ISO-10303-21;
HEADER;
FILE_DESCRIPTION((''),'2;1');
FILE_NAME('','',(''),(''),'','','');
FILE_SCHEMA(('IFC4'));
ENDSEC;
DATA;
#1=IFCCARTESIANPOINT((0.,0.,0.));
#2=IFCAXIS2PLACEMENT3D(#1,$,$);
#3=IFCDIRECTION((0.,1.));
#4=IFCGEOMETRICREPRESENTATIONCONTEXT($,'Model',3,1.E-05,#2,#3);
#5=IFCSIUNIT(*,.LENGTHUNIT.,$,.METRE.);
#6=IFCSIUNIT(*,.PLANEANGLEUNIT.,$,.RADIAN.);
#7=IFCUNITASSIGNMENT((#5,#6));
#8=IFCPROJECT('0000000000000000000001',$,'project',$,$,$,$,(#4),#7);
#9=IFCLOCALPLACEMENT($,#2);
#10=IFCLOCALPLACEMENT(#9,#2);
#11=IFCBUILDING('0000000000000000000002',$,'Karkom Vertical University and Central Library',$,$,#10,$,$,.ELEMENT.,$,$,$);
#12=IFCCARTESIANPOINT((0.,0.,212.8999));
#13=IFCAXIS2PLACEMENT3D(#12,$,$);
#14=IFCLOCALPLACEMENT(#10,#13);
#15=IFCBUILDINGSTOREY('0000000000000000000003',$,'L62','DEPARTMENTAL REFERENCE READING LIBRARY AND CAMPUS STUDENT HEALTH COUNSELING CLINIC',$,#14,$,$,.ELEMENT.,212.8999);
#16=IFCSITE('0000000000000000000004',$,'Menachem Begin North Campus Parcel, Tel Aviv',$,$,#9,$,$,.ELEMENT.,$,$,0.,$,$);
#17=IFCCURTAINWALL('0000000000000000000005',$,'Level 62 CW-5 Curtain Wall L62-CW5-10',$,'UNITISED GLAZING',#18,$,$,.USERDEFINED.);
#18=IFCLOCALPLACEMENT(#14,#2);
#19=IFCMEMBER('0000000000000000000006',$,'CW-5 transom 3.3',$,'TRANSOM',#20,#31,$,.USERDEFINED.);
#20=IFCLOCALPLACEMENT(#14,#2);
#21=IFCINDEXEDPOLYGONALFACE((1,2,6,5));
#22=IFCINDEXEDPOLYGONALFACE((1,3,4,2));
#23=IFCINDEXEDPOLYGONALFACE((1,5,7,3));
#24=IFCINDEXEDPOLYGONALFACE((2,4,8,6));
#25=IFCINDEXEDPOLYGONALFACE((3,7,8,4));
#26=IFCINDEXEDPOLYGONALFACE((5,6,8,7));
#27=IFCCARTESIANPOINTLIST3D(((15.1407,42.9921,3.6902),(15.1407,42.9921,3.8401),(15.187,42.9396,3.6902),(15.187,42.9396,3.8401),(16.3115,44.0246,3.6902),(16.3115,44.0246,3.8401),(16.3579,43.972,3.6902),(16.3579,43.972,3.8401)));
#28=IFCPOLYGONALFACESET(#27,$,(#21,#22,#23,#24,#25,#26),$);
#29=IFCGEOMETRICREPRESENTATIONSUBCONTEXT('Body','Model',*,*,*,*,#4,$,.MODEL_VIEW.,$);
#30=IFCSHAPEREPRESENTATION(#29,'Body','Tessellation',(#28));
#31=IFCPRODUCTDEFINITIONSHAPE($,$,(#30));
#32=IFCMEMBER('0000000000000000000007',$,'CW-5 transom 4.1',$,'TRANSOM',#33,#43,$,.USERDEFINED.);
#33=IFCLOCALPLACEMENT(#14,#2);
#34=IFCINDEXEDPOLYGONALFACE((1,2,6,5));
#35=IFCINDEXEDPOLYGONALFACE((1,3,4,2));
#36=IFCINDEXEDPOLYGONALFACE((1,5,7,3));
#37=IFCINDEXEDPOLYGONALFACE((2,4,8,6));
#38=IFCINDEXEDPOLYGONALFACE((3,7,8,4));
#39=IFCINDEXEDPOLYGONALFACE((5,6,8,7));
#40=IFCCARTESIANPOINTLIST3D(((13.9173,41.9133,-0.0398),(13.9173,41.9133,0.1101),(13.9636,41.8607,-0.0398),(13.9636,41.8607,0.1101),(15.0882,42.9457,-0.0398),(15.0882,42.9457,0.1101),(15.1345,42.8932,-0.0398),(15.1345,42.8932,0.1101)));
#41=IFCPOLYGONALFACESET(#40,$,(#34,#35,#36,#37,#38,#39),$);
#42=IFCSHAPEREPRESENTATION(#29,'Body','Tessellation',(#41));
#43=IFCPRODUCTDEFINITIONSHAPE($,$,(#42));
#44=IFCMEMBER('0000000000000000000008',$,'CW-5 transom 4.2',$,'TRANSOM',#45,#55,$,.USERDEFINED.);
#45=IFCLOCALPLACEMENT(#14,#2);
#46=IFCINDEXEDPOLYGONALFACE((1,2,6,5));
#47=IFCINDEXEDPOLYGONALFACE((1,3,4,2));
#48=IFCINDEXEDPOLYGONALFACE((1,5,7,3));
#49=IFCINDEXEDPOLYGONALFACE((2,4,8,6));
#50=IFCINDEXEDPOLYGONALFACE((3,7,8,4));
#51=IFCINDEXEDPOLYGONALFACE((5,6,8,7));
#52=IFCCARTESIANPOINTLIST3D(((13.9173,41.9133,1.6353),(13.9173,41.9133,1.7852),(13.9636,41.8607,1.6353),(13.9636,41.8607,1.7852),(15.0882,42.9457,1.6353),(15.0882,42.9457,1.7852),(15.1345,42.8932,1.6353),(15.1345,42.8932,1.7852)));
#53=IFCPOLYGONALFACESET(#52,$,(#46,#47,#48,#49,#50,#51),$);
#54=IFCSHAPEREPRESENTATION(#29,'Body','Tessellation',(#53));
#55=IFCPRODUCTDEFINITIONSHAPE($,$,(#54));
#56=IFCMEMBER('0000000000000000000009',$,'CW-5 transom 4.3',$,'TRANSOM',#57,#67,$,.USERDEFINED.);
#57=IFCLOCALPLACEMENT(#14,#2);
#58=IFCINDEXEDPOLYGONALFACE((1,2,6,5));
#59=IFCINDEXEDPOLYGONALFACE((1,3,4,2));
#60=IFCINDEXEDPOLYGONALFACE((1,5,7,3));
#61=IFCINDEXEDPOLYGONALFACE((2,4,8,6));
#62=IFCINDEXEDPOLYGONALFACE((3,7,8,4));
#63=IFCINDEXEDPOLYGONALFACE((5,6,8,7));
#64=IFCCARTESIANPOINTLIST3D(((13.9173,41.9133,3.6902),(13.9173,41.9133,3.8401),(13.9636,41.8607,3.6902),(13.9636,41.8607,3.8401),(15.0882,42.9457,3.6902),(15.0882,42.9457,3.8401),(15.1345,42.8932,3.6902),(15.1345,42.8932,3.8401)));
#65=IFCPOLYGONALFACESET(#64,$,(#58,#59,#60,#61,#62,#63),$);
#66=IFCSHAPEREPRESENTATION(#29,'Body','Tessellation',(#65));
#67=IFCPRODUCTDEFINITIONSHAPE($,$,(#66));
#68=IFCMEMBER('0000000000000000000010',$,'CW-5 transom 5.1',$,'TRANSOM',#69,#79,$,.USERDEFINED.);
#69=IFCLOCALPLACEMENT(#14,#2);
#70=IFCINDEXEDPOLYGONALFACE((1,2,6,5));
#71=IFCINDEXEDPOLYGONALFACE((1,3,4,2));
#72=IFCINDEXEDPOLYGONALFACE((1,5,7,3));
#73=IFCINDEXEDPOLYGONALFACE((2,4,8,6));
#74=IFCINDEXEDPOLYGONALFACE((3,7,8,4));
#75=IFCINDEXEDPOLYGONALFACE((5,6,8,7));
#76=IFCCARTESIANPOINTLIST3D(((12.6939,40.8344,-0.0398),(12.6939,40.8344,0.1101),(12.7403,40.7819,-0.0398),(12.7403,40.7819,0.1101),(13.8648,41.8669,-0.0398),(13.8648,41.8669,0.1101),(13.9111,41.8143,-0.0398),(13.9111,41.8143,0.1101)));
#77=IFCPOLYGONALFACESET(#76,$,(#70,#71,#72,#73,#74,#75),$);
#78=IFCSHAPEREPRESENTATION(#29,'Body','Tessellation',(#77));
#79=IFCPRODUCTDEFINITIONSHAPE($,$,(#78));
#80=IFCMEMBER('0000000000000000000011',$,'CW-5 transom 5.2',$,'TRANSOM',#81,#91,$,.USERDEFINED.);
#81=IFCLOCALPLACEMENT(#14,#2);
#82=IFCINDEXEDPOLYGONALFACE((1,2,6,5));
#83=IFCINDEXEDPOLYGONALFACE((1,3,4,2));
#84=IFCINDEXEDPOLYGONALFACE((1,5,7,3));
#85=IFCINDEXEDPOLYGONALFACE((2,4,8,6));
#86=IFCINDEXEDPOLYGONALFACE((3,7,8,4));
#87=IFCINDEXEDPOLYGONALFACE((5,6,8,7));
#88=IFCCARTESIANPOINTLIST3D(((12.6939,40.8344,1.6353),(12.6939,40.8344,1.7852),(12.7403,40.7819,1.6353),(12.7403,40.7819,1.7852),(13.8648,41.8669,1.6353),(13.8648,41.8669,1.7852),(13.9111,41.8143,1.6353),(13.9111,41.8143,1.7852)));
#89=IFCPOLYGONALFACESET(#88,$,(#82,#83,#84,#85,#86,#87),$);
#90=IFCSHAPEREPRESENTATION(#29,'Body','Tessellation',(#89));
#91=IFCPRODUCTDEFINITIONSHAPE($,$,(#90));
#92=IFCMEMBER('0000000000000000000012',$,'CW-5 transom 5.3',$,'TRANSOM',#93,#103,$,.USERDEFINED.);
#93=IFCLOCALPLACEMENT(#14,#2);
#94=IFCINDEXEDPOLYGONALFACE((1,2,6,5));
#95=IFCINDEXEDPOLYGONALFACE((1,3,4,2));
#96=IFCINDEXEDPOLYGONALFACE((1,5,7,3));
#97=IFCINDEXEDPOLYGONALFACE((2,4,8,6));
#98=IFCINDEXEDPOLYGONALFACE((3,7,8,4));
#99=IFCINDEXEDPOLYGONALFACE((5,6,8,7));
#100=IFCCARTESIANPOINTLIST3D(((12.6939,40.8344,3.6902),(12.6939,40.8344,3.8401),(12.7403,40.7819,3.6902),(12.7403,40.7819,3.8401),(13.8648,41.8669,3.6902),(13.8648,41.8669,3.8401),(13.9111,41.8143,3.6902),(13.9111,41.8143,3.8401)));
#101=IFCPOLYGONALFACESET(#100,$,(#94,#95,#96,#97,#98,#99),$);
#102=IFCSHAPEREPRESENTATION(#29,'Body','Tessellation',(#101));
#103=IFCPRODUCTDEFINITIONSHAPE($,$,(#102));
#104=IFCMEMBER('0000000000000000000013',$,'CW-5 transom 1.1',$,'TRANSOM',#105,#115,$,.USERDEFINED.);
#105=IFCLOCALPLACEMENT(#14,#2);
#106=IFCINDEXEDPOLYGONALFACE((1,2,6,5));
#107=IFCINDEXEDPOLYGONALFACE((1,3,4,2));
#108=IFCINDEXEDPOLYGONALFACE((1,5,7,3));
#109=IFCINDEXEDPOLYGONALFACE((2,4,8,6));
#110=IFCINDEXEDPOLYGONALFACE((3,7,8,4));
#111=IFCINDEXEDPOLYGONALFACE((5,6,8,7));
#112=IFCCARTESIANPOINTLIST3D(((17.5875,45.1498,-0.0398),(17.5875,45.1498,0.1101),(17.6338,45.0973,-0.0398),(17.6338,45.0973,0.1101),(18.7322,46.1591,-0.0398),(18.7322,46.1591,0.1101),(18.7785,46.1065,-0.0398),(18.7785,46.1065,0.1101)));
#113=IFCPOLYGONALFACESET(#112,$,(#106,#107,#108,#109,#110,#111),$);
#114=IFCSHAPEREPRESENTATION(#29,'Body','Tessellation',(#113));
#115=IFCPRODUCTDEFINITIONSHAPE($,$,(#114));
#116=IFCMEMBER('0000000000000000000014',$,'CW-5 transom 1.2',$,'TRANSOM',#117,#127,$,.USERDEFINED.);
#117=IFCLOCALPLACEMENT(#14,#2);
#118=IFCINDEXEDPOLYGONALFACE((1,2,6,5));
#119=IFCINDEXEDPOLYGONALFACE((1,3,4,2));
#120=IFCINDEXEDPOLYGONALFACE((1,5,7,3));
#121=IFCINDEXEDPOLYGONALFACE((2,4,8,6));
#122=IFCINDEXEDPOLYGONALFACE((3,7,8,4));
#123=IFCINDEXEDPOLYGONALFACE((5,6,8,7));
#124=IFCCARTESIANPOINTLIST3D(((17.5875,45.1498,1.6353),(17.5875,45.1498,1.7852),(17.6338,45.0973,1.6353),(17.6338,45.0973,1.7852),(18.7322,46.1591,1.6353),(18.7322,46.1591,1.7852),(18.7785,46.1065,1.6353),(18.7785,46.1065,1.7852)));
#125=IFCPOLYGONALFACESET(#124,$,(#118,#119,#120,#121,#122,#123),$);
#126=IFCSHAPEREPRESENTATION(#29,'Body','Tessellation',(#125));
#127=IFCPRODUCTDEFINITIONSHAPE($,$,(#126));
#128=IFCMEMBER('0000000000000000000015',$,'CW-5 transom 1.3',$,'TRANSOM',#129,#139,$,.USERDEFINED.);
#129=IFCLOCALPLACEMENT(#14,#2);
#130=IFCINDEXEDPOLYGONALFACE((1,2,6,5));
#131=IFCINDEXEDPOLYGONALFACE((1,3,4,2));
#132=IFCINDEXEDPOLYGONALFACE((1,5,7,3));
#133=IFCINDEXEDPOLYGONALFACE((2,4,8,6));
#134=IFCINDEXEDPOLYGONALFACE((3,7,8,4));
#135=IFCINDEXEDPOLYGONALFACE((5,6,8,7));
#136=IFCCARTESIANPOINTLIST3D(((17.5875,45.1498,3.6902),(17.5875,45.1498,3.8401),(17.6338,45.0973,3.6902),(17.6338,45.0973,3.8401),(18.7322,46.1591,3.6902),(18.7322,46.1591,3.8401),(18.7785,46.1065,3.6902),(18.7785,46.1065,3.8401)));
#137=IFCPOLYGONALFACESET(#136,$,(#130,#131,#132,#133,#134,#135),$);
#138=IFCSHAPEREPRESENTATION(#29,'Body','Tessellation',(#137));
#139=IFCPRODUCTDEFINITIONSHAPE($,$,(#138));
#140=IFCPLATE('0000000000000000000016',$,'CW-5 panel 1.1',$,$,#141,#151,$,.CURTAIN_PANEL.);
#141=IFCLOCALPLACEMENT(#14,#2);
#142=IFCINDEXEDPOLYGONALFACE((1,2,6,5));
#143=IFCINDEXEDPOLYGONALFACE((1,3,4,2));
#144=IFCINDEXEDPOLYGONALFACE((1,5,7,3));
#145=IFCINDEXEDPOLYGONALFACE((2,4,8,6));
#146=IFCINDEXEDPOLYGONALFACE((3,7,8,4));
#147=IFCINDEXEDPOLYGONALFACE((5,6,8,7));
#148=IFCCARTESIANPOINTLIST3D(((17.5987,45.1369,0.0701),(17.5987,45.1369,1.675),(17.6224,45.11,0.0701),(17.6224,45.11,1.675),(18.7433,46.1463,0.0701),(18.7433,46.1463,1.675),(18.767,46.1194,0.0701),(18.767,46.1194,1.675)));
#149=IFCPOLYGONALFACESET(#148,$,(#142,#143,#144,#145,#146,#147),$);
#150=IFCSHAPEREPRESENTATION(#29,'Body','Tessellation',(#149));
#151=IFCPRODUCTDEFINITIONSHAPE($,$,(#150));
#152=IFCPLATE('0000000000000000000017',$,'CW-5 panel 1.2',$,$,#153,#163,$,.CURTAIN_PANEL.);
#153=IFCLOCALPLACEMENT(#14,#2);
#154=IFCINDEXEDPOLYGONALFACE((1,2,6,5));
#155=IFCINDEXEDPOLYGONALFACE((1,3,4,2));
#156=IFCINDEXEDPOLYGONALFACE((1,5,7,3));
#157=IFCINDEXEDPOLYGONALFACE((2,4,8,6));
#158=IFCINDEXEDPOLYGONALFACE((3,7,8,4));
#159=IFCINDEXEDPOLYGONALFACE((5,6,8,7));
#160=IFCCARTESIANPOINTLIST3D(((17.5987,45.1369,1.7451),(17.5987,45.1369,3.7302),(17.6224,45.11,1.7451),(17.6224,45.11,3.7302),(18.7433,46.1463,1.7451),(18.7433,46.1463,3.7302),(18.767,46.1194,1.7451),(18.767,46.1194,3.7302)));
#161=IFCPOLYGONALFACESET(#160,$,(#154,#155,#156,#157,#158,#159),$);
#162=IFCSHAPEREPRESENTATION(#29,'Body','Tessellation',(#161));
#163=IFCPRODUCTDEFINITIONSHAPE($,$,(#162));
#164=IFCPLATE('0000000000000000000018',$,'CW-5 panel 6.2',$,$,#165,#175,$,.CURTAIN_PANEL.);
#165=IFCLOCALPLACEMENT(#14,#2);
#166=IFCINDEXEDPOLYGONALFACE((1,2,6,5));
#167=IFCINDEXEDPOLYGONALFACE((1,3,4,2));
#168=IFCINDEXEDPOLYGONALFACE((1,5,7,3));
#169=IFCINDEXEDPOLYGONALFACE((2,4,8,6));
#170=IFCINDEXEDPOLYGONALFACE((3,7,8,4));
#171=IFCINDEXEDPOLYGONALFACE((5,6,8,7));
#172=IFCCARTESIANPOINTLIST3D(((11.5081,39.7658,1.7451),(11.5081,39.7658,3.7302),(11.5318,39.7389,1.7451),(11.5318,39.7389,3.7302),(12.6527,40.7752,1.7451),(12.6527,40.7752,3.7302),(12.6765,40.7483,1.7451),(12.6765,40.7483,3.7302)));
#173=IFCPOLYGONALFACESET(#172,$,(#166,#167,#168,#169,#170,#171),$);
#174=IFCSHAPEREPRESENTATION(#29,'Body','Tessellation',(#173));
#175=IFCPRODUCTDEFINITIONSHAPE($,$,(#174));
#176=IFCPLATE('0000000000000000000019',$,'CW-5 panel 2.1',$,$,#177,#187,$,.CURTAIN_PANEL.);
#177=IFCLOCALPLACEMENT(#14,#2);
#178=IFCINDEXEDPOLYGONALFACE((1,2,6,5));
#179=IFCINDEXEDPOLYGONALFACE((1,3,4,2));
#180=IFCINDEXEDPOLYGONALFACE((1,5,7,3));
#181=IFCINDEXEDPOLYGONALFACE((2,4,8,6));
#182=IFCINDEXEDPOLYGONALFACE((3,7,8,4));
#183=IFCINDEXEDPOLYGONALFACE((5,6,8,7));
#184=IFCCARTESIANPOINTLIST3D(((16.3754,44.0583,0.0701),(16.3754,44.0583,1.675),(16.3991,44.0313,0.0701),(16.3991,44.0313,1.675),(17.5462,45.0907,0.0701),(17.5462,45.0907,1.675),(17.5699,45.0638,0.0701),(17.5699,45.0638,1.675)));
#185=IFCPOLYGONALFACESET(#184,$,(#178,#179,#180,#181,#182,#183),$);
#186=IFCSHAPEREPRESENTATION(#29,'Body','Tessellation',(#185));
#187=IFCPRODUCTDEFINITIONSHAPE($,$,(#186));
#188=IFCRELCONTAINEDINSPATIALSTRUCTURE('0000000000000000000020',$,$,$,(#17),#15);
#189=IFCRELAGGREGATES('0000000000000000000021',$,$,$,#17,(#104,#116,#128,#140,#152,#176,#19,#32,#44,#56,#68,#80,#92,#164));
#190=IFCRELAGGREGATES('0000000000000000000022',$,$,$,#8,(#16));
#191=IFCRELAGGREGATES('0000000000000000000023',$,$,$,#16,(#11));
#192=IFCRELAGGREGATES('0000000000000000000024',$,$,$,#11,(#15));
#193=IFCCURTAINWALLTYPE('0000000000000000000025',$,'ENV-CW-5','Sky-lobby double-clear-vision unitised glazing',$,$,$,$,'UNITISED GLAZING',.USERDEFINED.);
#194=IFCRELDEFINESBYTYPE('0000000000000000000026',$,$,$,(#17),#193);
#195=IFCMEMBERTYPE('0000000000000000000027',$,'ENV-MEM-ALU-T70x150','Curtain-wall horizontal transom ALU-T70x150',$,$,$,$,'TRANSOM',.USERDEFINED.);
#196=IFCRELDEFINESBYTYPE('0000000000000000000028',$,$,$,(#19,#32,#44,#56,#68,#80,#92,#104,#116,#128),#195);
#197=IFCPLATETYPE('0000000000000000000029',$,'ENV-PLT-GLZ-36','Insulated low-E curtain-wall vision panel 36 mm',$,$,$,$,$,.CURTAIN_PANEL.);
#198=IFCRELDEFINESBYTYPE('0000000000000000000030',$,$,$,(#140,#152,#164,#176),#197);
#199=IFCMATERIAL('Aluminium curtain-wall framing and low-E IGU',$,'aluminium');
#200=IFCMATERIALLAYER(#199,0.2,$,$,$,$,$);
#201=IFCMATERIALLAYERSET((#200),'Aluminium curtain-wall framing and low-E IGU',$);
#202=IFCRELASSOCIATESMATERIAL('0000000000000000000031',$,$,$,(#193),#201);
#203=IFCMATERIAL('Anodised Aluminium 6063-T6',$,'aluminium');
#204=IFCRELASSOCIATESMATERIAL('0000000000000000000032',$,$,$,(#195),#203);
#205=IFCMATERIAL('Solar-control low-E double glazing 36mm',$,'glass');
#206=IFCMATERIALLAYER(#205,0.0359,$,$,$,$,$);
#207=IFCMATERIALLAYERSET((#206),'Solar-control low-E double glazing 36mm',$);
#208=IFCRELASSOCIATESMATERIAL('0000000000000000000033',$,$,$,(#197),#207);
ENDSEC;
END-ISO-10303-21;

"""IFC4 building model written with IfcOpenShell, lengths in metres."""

from ifc_helpers import new_model, si_unit, direction, frame, origin, origin_with_axes, origin_2d, place, context, subcontext, project, spatial, rectangle, extrude, source, transform, mapped, material, layer, layer_set, material_profile, profile_set, type_object, element, aggregate, save


model = new_model("IFC4")

# Units and contexts
model_context = context("Model", 3, precision=1e-05, world=origin(), true_north=direction((0.0, 1.0)))
body_context = subcontext(model_context, "Body", "Model", "MODEL_VIEW")
ifc_project = project(units=[si_unit("LENGTHUNIT", "METRE"), si_unit("PLANEANGLEUNIT", "RADIAN")], contexts=[model_context])

# Site, building, storey
site_placement = place(None, origin())
site = spatial("IfcSite", under=ifc_project, at=site_placement, Name="Menachem Begin North Campus Parcel, Tel Aviv", CompositionType="ELEMENT", RefElevation=0.0)
building_placement = place(site_placement, origin())
building = spatial("IfcBuilding", under=site, at=building_placement, Name="Karkom Vertical University and Central Library", CompositionType="ELEMENT")
storey_placement = place(building_placement, frame((0.0, 0.0, 212.8999)))
storey = spatial("IfcBuildingStorey", under=building, at=storey_placement, Name="L62", Description="DEPARTMENTAL REFERENCE READING LIBRARY AND CAMPUS STUDENT HEALTH COUNSELING CLINIC", CompositionType="ELEMENT", Elevation=212.8999)

# Curtain wall, members, plates
ifc_material_1 = material(Name="Aluminium curtain-wall framing and low-E IGU", Category="aluminium")
ifc_layer_1 = layer(ifc_material_1, 0.2)
ifc_layer_set_1 = layer_set([ifc_layer_1], Name="Aluminium curtain-wall framing and low-E IGU")
curtain_wall_type = type_object("IfcCurtainWallType", Name="ENV-CW-5", Description="Sky-lobby double-clear-vision unitised glazing", ElementType="UNITISED GLAZING", PredefinedType="USERDEFINED", material=ifc_layer_set_1)
curtain_wall_placement = place(storey_placement, origin())
curtain_wall = element("IfcCurtainWall", 1, at=curtain_wall_placement, inside=storey, type_object=curtain_wall_type, Name="Level 62 CW-5 Curtain Wall L62-CW5-10", ObjectType="UNITISED GLAZING", PredefinedType="USERDEFINED")
ifc_material_2 = material(Name="Anodised Aluminium 6063-T6", Category="aluminium")
ifc_material_profile_1 = material_profile(ifc_material_2, rectangle(XDim=0.0701, YDim=0.1499, at=origin_2d()), Name="ALU-T70x150")
ifc_profile_set_1 = profile_set([ifc_material_profile_1], Name="Anodised Aluminium 6063-T6")
member_type_1 = type_object("IfcMemberType", Name="ENV-MEM-ALU-T70x150", Description="Curtain-wall horizontal transom ALU-T70x150", ElementType="TRANSOM", PredefinedType="USERDEFINED", material=ifc_profile_set_1)
shared_shape_1 = source(origin_with_axes(), body_context, "Body", "SweptSolid", [
    extrude(rectangle(XDim=0.0701, YDim=0.1499, at=origin_2d()), origin(), (0.0, 0.0, 1.0), 1.561),
])
member_1_placement = place(storey_placement, frame((16.3347, 43.9983, 3.7651), z_axis=(-0.750052, -0.661378, 0.0), x_axis=(0.661378, -0.750052, 0.0)))
member_1 = element("IfcMember", 2, at=member_1_placement, type_object=member_type_1, Name="CW-5 transom 3.3", ObjectType="TRANSOM", PredefinedType="USERDEFINED", context=body_context, shape_type="MappedRepresentation", body=[
    mapped(shared_shape_1, transform((0.0, 0.0, 0.0), scale=1.0)),
])
member_2_placement = place(storey_placement, frame((15.1113, 42.9194, 0.0352), z_axis=(-0.750052, -0.661378, 0.0), x_axis=(0.661378, -0.750052, 0.0)))
member_2 = element("IfcMember", 3, at=member_2_placement, type_object=member_type_1, Name="CW-5 transom 4.1", ObjectType="TRANSOM", PredefinedType="USERDEFINED", context=body_context, shape_type="MappedRepresentation", body=[
    mapped(shared_shape_1, transform((0.0, 0.0, 0.0), scale=1.0)),
])
member_3_placement = place(storey_placement, frame((15.1113, 42.9194, 1.7102), z_axis=(-0.750052, -0.661378, 0.0), x_axis=(0.661378, -0.750052, 0.0)))
member_3 = element("IfcMember", 4, at=member_3_placement, type_object=member_type_1, Name="CW-5 transom 4.2", ObjectType="TRANSOM", PredefinedType="USERDEFINED", context=body_context, shape_type="MappedRepresentation", body=[
    mapped(shared_shape_1, transform((0.0, 0.0, 0.0), scale=1.0)),
])
member_4_placement = place(storey_placement, frame((15.1113, 42.9194, 3.7651), z_axis=(-0.750052, -0.661378, 0.0), x_axis=(0.661378, -0.750052, 0.0)))
member_4 = element("IfcMember", 5, at=member_4_placement, type_object=member_type_1, Name="CW-5 transom 4.3", ObjectType="TRANSOM", PredefinedType="USERDEFINED", context=body_context, shape_type="MappedRepresentation", body=[
    mapped(shared_shape_1, transform((0.0, 0.0, 0.0), scale=1.0)),
])
member_5_placement = place(storey_placement, frame((13.8879, 41.8406, 0.0352), z_axis=(-0.750052, -0.661378, 0.0), x_axis=(0.661378, -0.750052, 0.0)))
member_5 = element("IfcMember", 6, at=member_5_placement, type_object=member_type_1, Name="CW-5 transom 5.1", ObjectType="TRANSOM", PredefinedType="USERDEFINED", context=body_context, shape_type="MappedRepresentation", body=[
    mapped(shared_shape_1, transform((0.0, 0.0, 0.0), scale=1.0)),
])
member_6_placement = place(storey_placement, frame((13.8879, 41.8406, 1.7102), z_axis=(-0.750052, -0.661378, 0.0), x_axis=(0.661378, -0.750052, 0.0)))
member_6 = element("IfcMember", 7, at=member_6_placement, type_object=member_type_1, Name="CW-5 transom 5.2", ObjectType="TRANSOM", PredefinedType="USERDEFINED", context=body_context, shape_type="MappedRepresentation", body=[
    mapped(shared_shape_1, transform((0.0, 0.0, 0.0), scale=1.0)),
])
member_7_placement = place(storey_placement, frame((13.8879, 41.8406, 3.7651), z_axis=(-0.750052, -0.661378, 0.0), x_axis=(0.661378, -0.750052, 0.0)))
member_7 = element("IfcMember", 8, at=member_7_placement, type_object=member_type_1, Name="CW-5 transom 5.3", ObjectType="TRANSOM", PredefinedType="USERDEFINED", context=body_context, shape_type="MappedRepresentation", body=[
    mapped(shared_shape_1, transform((0.0, 0.0, 0.0), scale=1.0)),
])
shared_shape_2 = source(origin_with_axes(), body_context, "Body", "SweptSolid", [
    extrude(rectangle(XDim=0.0701, YDim=0.1499, at=origin_2d()), origin(), (0.0, 0.0, 1.0), 1.5261),
])
member_8_placement = place(storey_placement, frame((18.7554, 46.1328, 0.0352), z_axis=(-0.750104, -0.66132, 0.0), x_axis=(0.66132, -0.750104, 0.0)))
member_8 = element("IfcMember", 9, at=member_8_placement, type_object=member_type_1, Name="CW-5 transom 1.1", ObjectType="TRANSOM", PredefinedType="USERDEFINED", context=body_context, shape_type="MappedRepresentation", body=[
    mapped(shared_shape_2, transform((0.0, 0.0, 0.0), scale=1.0)),
])
member_9_placement = place(storey_placement, frame((18.7554, 46.1328, 1.7102), z_axis=(-0.750104, -0.66132, 0.0), x_axis=(0.66132, -0.750104, 0.0)))
member_9 = element("IfcMember", 10, at=member_9_placement, type_object=member_type_1, Name="CW-5 transom 1.2", ObjectType="TRANSOM", PredefinedType="USERDEFINED", context=body_context, shape_type="MappedRepresentation", body=[
    mapped(shared_shape_2, transform((0.0, 0.0, 0.0), scale=1.0)),
])
member_10_placement = place(storey_placement, frame((18.7554, 46.1328, 3.7651), z_axis=(-0.750104, -0.66132, 0.0), x_axis=(0.66132, -0.750104, 0.0)))
member_10 = element("IfcMember", 11, at=member_10_placement, type_object=member_type_1, Name="CW-5 transom 1.3", ObjectType="TRANSOM", PredefinedType="USERDEFINED", context=body_context, shape_type="MappedRepresentation", body=[
    mapped(shared_shape_2, transform((0.0, 0.0, 0.0), scale=1.0)),
])
ifc_material_3 = material(Name="Solar-control low-E double glazing 36mm", Category="glass")
ifc_layer_2 = layer(ifc_material_3, 0.0359)
ifc_layer_set_2 = layer_set([ifc_layer_2], Name="Solar-control low-E double glazing 36mm")
plate_type = type_object("IfcPlateType", Name="ENV-PLT-GLZ-36", Description="Insulated low-E curtain-wall vision panel 36 mm", PredefinedType="CURTAIN_PANEL", material=ifc_layer_set_2)
shared_shape_3 = source(origin_with_axes(), body_context, "Body", "SweptSolid", [
    extrude(rectangle(XDim=1.5261, YDim=0.0359, at=origin_2d()), origin(), (0.0, 0.0, 1.0), 1.605),
])
plate_1_placement = place(storey_placement, frame((18.1829, 45.6282, 0.0701), z_axis=(0.0, 0.0, 1.0), x_axis=(-0.750027, -0.661408, 0.0)))
plate_1 = element("IfcPlate", 12, at=plate_1_placement, type_object=plate_type, Name="CW-5 panel 1.1", PredefinedType="CURTAIN_PANEL", context=body_context, shape_type="MappedRepresentation", body=[
    mapped(shared_shape_3, transform((0.0, 0.0, 0.0), scale=1.0)),
])
shared_shape_4 = source(origin_with_axes(), body_context, "Body", "SweptSolid", [
    extrude(rectangle(XDim=1.5261, YDim=0.0359, at=origin_2d()), origin(), (0.0, 0.0, 1.0), 1.9851),
])
plate_2_placement = place(storey_placement, frame((18.1829, 45.6282, 1.7451), z_axis=(0.0, 0.0, 1.0), x_axis=(-0.750027, -0.661408, 0.0)))
plate_2 = element("IfcPlate", 13, at=plate_2_placement, type_object=plate_type, Name="CW-5 panel 1.2", PredefinedType="CURTAIN_PANEL", context=body_context, shape_type="MappedRepresentation", body=[
    mapped(shared_shape_4, transform((0.0, 0.0, 0.0), scale=1.0)),
])
plate_3_placement = place(storey_placement, frame((12.0923, 40.2571, 1.7451), z_axis=(0.0, 0.0, 1.0), x_axis=(-0.750027, -0.661408, 0.0)))
plate_3 = element("IfcPlate", 14, at=plate_3_placement, type_object=plate_type, Name="CW-5 panel 6.2", PredefinedType="CURTAIN_PANEL", context=body_context, shape_type="MappedRepresentation", body=[
    mapped(shared_shape_4, transform((0.0, 0.0, 0.0), scale=1.0)),
])
shared_shape_5 = source(origin_with_axes(), body_context, "Body", "SweptSolid", [
    extrude(rectangle(XDim=1.561, YDim=0.0359, at=origin_2d()), origin(), (0.0, 0.0, 1.0), 1.605),
])
plate_4_placement = place(storey_placement, frame((16.9727, 44.561, 0.0701), z_axis=(0.0, 0.0, 1.0), x_axis=(-0.750027, -0.661408, 0.0)))
plate_4 = element("IfcPlate", 15, at=plate_4_placement, type_object=plate_type, Name="CW-5 panel 2.1", PredefinedType="CURTAIN_PANEL", context=body_context, shape_type="MappedRepresentation", body=[
    mapped(shared_shape_5, transform((0.0, 0.0, 0.0), scale=1.0)),
])
aggregate(curtain_wall, [member_8, member_9, member_10, plate_1, plate_2, plate_4, member_1, member_2, member_3, member_4, member_5, member_6, member_7, plate_3])

save(model, "model.ifc")
